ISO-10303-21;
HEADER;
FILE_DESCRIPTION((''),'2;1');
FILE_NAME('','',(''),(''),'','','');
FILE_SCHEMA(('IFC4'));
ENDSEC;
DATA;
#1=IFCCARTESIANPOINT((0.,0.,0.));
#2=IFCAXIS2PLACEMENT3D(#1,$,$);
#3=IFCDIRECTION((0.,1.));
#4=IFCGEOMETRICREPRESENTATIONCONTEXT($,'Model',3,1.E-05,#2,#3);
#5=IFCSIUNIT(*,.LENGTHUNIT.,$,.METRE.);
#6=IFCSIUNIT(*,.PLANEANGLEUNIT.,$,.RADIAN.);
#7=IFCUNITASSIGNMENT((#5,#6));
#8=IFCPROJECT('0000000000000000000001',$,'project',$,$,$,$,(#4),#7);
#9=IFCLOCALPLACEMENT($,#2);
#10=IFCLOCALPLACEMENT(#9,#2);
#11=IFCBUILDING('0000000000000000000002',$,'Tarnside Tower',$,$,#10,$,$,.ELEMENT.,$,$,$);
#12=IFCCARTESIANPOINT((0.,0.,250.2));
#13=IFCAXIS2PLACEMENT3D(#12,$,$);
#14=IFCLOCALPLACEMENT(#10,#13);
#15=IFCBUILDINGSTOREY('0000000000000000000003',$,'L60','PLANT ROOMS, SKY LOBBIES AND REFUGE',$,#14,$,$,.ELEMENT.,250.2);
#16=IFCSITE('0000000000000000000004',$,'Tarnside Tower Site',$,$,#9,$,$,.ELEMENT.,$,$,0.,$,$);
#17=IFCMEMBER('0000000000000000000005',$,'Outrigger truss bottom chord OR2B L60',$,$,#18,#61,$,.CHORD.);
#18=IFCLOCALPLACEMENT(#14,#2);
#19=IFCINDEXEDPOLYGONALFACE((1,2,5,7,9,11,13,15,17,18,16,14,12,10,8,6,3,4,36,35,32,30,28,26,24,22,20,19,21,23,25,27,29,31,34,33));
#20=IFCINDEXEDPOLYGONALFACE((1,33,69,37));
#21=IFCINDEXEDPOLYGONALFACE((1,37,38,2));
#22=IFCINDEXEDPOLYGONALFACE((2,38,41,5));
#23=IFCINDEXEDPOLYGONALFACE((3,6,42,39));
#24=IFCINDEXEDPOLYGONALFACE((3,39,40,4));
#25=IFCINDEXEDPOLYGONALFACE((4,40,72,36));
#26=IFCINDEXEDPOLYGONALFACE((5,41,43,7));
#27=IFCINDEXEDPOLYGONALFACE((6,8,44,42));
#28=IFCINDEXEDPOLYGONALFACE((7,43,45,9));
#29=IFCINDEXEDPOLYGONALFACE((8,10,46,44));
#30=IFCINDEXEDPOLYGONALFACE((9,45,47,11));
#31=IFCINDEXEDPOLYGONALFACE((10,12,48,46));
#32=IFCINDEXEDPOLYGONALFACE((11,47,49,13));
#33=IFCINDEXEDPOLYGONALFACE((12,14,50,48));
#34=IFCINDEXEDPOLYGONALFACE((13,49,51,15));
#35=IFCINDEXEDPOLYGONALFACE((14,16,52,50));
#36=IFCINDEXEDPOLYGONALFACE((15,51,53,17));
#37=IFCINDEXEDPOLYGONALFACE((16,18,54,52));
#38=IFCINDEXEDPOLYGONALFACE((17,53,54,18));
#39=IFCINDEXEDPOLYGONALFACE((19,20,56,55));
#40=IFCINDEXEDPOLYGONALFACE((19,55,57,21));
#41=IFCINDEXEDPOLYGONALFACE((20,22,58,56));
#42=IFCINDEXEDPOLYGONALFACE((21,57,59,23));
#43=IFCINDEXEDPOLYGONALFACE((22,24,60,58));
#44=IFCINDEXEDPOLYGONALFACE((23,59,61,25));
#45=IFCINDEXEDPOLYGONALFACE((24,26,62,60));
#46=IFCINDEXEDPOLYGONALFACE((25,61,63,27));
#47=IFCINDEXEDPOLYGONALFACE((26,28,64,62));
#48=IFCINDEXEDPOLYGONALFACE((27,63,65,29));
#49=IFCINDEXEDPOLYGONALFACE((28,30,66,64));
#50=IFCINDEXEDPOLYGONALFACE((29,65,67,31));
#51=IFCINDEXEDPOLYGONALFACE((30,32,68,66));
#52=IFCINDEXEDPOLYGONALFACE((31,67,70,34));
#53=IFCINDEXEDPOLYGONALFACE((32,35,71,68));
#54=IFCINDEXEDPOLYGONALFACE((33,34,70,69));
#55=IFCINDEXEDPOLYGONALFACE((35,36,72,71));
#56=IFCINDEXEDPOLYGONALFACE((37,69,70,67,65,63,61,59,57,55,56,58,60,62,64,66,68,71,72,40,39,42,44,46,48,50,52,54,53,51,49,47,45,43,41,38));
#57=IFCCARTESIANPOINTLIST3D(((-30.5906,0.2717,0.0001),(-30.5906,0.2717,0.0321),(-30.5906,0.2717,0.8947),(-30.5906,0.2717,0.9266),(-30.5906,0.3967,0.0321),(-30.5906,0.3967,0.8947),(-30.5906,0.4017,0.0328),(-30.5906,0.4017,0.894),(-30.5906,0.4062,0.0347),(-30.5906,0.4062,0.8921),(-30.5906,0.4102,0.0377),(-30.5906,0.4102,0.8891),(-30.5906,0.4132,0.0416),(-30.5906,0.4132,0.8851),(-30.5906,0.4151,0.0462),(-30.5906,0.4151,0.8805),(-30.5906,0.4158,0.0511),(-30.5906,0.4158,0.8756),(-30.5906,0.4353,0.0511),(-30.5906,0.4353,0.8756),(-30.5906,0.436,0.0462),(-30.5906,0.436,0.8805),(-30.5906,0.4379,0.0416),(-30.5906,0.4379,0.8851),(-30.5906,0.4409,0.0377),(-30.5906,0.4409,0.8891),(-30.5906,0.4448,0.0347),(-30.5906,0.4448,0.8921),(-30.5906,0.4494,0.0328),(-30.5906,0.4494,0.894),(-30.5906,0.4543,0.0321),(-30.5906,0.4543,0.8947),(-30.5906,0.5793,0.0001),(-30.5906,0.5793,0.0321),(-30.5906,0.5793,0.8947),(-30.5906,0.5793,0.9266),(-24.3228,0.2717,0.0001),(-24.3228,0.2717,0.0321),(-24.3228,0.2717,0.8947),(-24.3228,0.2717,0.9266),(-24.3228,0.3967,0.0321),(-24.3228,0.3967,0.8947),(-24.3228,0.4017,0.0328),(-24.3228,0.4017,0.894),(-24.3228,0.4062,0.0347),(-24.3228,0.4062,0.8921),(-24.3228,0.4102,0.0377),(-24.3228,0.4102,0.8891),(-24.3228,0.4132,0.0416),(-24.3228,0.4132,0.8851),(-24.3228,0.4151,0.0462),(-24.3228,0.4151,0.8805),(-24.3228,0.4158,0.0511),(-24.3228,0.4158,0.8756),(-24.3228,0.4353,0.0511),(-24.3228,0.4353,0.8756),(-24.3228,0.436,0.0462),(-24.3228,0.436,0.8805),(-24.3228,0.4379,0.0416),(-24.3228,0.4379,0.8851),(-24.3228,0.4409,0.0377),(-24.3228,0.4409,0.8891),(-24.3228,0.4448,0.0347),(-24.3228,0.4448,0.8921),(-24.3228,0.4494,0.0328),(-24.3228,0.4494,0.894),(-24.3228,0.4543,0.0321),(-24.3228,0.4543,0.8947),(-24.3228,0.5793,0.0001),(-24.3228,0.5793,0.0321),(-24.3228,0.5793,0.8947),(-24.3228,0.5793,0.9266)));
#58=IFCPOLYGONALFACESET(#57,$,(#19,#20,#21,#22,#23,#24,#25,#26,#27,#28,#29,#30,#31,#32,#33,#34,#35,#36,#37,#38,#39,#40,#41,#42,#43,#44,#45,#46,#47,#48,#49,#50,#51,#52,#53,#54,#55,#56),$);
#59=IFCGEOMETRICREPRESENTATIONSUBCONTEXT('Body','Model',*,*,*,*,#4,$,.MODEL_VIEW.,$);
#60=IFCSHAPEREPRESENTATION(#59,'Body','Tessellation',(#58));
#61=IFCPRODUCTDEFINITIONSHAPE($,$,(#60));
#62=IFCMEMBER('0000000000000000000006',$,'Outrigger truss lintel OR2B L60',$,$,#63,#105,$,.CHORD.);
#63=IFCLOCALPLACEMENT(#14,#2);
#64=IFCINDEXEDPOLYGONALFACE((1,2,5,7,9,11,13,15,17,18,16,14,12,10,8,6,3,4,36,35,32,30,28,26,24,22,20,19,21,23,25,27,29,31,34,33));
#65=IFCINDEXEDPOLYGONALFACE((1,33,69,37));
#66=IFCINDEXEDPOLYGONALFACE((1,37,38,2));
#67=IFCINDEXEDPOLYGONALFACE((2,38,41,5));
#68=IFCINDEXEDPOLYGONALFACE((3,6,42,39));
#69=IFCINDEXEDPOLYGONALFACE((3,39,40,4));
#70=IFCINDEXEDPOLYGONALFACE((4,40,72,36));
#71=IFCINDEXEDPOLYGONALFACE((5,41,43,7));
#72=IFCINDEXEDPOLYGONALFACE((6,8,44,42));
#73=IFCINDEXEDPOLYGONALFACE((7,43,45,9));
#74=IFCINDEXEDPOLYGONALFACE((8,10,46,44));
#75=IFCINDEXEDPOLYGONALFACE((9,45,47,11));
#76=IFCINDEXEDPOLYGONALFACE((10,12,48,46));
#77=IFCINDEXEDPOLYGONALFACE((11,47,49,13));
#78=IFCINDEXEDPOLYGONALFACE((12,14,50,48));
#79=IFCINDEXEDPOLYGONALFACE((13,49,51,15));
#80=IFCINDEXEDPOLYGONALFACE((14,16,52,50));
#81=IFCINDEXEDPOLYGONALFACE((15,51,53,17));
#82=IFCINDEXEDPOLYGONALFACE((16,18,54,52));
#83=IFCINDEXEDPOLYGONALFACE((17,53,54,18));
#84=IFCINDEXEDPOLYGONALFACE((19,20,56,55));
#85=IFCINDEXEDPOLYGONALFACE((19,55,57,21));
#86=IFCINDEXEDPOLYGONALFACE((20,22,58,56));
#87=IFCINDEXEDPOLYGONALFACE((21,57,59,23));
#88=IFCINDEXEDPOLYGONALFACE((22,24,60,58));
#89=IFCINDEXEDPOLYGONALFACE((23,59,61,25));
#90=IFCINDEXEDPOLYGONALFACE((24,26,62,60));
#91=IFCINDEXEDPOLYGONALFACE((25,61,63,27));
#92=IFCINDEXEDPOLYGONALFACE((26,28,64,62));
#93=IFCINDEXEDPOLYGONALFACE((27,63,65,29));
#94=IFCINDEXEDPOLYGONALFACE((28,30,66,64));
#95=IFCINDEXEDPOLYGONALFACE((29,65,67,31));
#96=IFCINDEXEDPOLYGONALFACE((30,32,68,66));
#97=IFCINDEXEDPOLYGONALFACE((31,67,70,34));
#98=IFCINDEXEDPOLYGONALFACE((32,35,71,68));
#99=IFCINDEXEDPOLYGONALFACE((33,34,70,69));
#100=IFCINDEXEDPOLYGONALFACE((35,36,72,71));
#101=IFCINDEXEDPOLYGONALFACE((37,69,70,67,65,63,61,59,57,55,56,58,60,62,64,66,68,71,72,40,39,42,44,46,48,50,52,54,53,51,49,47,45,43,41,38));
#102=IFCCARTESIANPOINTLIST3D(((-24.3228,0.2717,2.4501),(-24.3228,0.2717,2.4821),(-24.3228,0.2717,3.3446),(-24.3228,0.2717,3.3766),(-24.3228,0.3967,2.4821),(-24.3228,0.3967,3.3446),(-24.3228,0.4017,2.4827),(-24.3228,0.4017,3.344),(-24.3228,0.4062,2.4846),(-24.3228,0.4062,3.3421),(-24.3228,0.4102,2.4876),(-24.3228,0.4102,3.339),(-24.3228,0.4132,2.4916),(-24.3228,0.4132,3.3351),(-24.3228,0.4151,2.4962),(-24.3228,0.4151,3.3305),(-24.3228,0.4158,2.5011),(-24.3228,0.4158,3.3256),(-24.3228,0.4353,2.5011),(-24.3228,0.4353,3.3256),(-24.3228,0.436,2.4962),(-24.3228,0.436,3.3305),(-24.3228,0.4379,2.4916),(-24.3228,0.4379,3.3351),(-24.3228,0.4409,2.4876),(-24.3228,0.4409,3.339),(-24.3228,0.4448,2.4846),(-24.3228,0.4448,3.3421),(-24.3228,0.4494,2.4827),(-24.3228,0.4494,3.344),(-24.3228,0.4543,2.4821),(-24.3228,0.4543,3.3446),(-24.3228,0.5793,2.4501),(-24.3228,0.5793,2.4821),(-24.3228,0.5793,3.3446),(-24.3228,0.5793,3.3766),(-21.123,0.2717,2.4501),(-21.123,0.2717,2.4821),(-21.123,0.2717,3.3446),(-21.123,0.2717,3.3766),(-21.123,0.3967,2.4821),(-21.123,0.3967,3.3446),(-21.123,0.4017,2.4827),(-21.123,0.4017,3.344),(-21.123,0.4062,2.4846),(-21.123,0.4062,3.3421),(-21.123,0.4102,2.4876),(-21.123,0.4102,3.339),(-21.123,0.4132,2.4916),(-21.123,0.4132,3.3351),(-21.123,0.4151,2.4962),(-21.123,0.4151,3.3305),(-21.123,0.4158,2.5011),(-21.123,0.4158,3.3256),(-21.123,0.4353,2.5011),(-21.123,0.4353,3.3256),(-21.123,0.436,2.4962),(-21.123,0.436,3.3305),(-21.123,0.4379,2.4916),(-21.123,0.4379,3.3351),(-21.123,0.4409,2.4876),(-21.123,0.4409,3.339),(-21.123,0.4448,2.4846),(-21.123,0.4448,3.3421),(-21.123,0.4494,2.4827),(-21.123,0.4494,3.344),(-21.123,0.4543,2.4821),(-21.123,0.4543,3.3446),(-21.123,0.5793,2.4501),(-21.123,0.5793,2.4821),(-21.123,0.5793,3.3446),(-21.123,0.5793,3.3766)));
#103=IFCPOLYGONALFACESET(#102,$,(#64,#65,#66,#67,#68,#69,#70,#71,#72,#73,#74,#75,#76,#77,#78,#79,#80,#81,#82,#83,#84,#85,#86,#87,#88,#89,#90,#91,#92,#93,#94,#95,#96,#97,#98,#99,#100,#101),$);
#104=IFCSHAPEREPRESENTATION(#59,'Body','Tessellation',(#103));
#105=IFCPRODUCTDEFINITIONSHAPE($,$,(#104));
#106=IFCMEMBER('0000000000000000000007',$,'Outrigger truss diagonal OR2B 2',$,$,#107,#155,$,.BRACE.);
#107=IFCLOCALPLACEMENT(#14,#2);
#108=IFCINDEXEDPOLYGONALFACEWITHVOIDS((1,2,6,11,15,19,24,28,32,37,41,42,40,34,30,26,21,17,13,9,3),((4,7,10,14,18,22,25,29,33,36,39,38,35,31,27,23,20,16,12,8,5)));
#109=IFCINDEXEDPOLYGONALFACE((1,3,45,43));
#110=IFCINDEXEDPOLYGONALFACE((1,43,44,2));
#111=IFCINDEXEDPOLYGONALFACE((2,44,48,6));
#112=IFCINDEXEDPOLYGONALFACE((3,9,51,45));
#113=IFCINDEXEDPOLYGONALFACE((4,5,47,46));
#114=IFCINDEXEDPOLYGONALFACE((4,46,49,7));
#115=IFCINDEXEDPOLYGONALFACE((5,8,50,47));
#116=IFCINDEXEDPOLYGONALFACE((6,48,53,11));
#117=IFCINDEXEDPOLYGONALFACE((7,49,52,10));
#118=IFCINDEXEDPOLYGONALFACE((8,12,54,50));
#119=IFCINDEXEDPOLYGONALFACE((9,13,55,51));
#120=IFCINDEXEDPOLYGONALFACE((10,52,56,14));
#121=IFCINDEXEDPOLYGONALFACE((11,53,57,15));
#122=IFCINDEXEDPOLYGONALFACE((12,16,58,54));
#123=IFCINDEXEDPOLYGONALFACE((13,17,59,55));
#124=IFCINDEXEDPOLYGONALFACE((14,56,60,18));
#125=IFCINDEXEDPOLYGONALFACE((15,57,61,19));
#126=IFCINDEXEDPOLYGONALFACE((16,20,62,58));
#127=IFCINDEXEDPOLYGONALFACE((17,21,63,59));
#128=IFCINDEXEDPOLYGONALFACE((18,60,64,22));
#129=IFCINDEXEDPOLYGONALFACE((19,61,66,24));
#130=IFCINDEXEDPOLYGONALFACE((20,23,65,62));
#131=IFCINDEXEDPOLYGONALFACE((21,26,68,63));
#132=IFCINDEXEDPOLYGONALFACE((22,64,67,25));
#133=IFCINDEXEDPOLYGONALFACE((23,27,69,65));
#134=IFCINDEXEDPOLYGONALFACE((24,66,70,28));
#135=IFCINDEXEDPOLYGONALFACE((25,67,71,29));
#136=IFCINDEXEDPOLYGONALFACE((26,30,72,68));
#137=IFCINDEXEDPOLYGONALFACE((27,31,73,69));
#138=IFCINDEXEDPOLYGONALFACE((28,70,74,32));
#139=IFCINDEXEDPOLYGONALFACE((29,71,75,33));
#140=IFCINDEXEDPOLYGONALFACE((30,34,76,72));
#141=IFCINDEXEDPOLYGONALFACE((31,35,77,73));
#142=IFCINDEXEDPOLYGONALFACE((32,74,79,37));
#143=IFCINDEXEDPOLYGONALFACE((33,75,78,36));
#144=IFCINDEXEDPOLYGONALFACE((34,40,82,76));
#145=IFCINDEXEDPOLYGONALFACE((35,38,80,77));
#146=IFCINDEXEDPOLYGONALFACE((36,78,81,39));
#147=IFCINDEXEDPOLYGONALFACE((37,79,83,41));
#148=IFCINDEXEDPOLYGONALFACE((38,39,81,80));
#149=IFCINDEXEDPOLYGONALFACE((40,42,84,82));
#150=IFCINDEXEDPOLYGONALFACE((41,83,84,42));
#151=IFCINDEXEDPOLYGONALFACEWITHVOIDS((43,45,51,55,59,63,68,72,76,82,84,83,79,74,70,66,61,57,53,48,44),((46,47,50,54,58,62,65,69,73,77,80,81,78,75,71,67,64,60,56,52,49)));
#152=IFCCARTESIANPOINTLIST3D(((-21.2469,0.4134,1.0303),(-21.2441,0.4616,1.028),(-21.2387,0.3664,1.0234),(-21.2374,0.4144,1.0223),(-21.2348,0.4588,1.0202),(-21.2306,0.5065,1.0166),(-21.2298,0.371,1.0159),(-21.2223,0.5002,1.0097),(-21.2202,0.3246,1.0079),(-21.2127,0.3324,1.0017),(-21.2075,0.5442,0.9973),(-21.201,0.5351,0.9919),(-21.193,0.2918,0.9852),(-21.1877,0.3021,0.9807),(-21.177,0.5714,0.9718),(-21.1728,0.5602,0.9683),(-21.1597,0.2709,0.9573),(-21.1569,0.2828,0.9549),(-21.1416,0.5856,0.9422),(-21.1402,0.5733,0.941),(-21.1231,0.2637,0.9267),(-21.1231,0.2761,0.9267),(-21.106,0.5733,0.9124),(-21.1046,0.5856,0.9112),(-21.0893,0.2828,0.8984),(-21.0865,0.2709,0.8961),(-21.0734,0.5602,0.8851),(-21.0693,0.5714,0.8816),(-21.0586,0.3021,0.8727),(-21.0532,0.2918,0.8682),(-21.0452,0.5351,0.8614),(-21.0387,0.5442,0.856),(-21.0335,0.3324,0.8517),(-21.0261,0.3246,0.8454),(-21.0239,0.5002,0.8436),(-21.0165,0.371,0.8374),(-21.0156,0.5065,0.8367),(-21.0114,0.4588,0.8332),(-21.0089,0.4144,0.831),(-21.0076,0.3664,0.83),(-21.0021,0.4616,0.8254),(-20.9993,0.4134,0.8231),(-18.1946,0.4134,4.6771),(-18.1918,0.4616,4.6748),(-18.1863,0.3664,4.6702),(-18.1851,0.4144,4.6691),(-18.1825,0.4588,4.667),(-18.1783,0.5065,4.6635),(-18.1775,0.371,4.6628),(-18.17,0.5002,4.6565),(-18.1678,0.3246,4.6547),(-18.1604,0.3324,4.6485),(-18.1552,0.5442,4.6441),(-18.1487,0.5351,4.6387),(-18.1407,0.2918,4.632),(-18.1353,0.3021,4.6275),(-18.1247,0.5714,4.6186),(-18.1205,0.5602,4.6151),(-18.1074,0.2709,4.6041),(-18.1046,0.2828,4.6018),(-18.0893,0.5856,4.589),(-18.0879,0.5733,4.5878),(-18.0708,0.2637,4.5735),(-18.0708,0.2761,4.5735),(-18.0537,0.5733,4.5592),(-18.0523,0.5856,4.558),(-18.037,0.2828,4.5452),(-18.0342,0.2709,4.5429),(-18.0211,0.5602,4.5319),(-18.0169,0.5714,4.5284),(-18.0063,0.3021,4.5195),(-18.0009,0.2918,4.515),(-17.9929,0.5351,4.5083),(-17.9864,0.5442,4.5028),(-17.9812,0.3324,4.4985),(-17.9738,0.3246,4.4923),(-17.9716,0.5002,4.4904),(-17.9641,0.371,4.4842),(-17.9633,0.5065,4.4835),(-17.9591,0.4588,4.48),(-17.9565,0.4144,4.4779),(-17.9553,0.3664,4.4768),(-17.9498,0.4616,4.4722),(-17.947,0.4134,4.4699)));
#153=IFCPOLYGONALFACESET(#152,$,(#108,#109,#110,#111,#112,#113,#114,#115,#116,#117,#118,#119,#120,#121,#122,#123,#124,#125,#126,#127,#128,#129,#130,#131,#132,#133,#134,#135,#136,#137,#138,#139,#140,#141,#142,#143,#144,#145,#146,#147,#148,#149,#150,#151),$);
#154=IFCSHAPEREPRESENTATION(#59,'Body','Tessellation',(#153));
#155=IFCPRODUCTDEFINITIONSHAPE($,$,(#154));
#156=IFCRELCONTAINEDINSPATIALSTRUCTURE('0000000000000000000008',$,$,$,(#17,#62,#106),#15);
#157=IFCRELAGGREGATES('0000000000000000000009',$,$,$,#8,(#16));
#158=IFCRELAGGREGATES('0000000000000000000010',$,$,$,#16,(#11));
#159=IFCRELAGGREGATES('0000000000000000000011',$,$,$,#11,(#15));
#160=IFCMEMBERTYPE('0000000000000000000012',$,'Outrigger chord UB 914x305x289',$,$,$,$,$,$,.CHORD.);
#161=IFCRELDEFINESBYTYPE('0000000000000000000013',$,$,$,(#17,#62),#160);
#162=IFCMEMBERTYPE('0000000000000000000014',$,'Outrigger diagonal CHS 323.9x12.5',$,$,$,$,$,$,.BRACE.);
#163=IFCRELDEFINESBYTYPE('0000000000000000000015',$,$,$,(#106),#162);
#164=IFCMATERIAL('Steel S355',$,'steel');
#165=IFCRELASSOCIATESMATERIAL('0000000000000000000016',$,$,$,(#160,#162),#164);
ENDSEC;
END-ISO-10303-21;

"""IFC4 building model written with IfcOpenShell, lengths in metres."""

from ifc_helpers import new_model, si_unit, direction, frame, origin, origin_2d, place, context, subcontext, project, spatial, hollow_circle, i_section, extrude, material, material_profile, profile_set, type_object, element, save


model = new_model("IFC4")

# Units and contexts
model_context = context("Model", 3, precision=1e-05, world=origin(), true_north=direction((0.0, 1.0)))
body_context = subcontext(model_context, "Body", "Model", "MODEL_VIEW")
ifc_project = project(units=[si_unit("LENGTHUNIT", "METRE"), si_unit("PLANEANGLEUNIT", "RADIAN")], contexts=[model_context])

# Site, building, storey
site_placement = place(None, origin())
site = spatial("IfcSite", under=ifc_project, at=site_placement, Name="Tarnside Tower Site", CompositionType="ELEMENT", RefElevation=0.0)
building_placement = place(site_placement, origin())
building = spatial("IfcBuilding", under=site, at=building_placement, Name="Tarnside Tower", CompositionType="ELEMENT")
storey_placement = place(building_placement, frame((0.0, 0.0, 250.2)))
storey = spatial("IfcBuildingStorey", under=building, at=storey_placement, Name="L60", Description="PLANT ROOMS, SKY LOBBIES AND REFUGE", CompositionType="ELEMENT", Elevation=250.2)

# Members
ifc_material_1 = material(Name="Steel S355", Category="steel")
ifc_material_profile_1 = material_profile(ifc_material_1, i_section(OverallWidth=0.3076, OverallDepth=0.9265, WebThickness=0.0195, FlangeThickness=0.032, FilletRadius=0.019, at=origin_2d()), Name="UB 914x305x289")
ifc_profile_set_1 = profile_set([ifc_material_profile_1], Name="Steel S355")
member_type_1 = type_object("IfcMemberType", Name="Outrigger chord UB 914x305x289", PredefinedType="CHORD", material=ifc_profile_set_1)
member_1_placement = place(storey_placement, frame((-24.3228, 0.4255, 0.4634), z_axis=(-1.0, 0.0, 0.0), x_axis=(0.0, -1.0, 0.0)))
element("IfcMember", 1, at=member_1_placement, inside=storey, type_object=member_type_1, Name="Outrigger truss bottom chord OR2B L60", PredefinedType="CHORD", context=body_context, shape_type="SweptSolid", body=[
    extrude(i_section(OverallWidth=0.3076, OverallDepth=0.9265, WebThickness=0.0195, FlangeThickness=0.032, FilletRadius=0.019, at=origin_2d()), origin(), (0.0, 0.0, 1.0), 6.2678),
])
member_2_placement = place(storey_placement, frame((-21.123, 0.4255, 2.9133), z_axis=(-1.0, 0.0, 0.0), x_axis=(0.0, -1.0, 0.0)))
element("IfcMember", 2, at=member_2_placement, inside=storey, type_object=member_type_1, Name="Outrigger truss lintel OR2B L60", PredefinedType="CHORD", context=body_context, shape_type="SweptSolid", body=[
    extrude(i_section(OverallWidth=0.3076, OverallDepth=0.9265, WebThickness=0.0195, FlangeThickness=0.032, FilletRadius=0.019, at=origin_2d()), origin(), (0.0, 0.0, 1.0), 3.1997),
])
ifc_material_profile_2 = material_profile(ifc_material_1, hollow_circle(Radius=0.1619, WallThickness=0.0125, at=origin_2d()), Name="CHS 323.9x12.5")
ifc_profile_set_2 = profile_set([ifc_material_profile_2], Name="Steel S355")
member_type_2 = type_object("IfcMemberType", Name="Outrigger diagonal CHS 323.9x12.5", PredefinedType="BRACE", material=ifc_profile_set_2)
member_3_placement = place(storey_placement, frame((-18.0708, 0.4255, 4.5735), z_axis=(-0.641834, 0.0, -0.766843), x_axis=(0.0, -1.0, 0.0)))
element("IfcMember", 3, at=member_3_placement, inside=storey, type_object=member_type_2, Name="Outrigger truss diagonal OR2B 2", PredefinedType="BRACE", context=body_context, shape_type="SweptSolid", body=[
    extrude(hollow_circle(Radius=0.1619, WallThickness=0.0125, at=origin_2d()), origin(), (0.0, 0.0, 1.0), 4.7556),
])

save(model, "model.ifc")
